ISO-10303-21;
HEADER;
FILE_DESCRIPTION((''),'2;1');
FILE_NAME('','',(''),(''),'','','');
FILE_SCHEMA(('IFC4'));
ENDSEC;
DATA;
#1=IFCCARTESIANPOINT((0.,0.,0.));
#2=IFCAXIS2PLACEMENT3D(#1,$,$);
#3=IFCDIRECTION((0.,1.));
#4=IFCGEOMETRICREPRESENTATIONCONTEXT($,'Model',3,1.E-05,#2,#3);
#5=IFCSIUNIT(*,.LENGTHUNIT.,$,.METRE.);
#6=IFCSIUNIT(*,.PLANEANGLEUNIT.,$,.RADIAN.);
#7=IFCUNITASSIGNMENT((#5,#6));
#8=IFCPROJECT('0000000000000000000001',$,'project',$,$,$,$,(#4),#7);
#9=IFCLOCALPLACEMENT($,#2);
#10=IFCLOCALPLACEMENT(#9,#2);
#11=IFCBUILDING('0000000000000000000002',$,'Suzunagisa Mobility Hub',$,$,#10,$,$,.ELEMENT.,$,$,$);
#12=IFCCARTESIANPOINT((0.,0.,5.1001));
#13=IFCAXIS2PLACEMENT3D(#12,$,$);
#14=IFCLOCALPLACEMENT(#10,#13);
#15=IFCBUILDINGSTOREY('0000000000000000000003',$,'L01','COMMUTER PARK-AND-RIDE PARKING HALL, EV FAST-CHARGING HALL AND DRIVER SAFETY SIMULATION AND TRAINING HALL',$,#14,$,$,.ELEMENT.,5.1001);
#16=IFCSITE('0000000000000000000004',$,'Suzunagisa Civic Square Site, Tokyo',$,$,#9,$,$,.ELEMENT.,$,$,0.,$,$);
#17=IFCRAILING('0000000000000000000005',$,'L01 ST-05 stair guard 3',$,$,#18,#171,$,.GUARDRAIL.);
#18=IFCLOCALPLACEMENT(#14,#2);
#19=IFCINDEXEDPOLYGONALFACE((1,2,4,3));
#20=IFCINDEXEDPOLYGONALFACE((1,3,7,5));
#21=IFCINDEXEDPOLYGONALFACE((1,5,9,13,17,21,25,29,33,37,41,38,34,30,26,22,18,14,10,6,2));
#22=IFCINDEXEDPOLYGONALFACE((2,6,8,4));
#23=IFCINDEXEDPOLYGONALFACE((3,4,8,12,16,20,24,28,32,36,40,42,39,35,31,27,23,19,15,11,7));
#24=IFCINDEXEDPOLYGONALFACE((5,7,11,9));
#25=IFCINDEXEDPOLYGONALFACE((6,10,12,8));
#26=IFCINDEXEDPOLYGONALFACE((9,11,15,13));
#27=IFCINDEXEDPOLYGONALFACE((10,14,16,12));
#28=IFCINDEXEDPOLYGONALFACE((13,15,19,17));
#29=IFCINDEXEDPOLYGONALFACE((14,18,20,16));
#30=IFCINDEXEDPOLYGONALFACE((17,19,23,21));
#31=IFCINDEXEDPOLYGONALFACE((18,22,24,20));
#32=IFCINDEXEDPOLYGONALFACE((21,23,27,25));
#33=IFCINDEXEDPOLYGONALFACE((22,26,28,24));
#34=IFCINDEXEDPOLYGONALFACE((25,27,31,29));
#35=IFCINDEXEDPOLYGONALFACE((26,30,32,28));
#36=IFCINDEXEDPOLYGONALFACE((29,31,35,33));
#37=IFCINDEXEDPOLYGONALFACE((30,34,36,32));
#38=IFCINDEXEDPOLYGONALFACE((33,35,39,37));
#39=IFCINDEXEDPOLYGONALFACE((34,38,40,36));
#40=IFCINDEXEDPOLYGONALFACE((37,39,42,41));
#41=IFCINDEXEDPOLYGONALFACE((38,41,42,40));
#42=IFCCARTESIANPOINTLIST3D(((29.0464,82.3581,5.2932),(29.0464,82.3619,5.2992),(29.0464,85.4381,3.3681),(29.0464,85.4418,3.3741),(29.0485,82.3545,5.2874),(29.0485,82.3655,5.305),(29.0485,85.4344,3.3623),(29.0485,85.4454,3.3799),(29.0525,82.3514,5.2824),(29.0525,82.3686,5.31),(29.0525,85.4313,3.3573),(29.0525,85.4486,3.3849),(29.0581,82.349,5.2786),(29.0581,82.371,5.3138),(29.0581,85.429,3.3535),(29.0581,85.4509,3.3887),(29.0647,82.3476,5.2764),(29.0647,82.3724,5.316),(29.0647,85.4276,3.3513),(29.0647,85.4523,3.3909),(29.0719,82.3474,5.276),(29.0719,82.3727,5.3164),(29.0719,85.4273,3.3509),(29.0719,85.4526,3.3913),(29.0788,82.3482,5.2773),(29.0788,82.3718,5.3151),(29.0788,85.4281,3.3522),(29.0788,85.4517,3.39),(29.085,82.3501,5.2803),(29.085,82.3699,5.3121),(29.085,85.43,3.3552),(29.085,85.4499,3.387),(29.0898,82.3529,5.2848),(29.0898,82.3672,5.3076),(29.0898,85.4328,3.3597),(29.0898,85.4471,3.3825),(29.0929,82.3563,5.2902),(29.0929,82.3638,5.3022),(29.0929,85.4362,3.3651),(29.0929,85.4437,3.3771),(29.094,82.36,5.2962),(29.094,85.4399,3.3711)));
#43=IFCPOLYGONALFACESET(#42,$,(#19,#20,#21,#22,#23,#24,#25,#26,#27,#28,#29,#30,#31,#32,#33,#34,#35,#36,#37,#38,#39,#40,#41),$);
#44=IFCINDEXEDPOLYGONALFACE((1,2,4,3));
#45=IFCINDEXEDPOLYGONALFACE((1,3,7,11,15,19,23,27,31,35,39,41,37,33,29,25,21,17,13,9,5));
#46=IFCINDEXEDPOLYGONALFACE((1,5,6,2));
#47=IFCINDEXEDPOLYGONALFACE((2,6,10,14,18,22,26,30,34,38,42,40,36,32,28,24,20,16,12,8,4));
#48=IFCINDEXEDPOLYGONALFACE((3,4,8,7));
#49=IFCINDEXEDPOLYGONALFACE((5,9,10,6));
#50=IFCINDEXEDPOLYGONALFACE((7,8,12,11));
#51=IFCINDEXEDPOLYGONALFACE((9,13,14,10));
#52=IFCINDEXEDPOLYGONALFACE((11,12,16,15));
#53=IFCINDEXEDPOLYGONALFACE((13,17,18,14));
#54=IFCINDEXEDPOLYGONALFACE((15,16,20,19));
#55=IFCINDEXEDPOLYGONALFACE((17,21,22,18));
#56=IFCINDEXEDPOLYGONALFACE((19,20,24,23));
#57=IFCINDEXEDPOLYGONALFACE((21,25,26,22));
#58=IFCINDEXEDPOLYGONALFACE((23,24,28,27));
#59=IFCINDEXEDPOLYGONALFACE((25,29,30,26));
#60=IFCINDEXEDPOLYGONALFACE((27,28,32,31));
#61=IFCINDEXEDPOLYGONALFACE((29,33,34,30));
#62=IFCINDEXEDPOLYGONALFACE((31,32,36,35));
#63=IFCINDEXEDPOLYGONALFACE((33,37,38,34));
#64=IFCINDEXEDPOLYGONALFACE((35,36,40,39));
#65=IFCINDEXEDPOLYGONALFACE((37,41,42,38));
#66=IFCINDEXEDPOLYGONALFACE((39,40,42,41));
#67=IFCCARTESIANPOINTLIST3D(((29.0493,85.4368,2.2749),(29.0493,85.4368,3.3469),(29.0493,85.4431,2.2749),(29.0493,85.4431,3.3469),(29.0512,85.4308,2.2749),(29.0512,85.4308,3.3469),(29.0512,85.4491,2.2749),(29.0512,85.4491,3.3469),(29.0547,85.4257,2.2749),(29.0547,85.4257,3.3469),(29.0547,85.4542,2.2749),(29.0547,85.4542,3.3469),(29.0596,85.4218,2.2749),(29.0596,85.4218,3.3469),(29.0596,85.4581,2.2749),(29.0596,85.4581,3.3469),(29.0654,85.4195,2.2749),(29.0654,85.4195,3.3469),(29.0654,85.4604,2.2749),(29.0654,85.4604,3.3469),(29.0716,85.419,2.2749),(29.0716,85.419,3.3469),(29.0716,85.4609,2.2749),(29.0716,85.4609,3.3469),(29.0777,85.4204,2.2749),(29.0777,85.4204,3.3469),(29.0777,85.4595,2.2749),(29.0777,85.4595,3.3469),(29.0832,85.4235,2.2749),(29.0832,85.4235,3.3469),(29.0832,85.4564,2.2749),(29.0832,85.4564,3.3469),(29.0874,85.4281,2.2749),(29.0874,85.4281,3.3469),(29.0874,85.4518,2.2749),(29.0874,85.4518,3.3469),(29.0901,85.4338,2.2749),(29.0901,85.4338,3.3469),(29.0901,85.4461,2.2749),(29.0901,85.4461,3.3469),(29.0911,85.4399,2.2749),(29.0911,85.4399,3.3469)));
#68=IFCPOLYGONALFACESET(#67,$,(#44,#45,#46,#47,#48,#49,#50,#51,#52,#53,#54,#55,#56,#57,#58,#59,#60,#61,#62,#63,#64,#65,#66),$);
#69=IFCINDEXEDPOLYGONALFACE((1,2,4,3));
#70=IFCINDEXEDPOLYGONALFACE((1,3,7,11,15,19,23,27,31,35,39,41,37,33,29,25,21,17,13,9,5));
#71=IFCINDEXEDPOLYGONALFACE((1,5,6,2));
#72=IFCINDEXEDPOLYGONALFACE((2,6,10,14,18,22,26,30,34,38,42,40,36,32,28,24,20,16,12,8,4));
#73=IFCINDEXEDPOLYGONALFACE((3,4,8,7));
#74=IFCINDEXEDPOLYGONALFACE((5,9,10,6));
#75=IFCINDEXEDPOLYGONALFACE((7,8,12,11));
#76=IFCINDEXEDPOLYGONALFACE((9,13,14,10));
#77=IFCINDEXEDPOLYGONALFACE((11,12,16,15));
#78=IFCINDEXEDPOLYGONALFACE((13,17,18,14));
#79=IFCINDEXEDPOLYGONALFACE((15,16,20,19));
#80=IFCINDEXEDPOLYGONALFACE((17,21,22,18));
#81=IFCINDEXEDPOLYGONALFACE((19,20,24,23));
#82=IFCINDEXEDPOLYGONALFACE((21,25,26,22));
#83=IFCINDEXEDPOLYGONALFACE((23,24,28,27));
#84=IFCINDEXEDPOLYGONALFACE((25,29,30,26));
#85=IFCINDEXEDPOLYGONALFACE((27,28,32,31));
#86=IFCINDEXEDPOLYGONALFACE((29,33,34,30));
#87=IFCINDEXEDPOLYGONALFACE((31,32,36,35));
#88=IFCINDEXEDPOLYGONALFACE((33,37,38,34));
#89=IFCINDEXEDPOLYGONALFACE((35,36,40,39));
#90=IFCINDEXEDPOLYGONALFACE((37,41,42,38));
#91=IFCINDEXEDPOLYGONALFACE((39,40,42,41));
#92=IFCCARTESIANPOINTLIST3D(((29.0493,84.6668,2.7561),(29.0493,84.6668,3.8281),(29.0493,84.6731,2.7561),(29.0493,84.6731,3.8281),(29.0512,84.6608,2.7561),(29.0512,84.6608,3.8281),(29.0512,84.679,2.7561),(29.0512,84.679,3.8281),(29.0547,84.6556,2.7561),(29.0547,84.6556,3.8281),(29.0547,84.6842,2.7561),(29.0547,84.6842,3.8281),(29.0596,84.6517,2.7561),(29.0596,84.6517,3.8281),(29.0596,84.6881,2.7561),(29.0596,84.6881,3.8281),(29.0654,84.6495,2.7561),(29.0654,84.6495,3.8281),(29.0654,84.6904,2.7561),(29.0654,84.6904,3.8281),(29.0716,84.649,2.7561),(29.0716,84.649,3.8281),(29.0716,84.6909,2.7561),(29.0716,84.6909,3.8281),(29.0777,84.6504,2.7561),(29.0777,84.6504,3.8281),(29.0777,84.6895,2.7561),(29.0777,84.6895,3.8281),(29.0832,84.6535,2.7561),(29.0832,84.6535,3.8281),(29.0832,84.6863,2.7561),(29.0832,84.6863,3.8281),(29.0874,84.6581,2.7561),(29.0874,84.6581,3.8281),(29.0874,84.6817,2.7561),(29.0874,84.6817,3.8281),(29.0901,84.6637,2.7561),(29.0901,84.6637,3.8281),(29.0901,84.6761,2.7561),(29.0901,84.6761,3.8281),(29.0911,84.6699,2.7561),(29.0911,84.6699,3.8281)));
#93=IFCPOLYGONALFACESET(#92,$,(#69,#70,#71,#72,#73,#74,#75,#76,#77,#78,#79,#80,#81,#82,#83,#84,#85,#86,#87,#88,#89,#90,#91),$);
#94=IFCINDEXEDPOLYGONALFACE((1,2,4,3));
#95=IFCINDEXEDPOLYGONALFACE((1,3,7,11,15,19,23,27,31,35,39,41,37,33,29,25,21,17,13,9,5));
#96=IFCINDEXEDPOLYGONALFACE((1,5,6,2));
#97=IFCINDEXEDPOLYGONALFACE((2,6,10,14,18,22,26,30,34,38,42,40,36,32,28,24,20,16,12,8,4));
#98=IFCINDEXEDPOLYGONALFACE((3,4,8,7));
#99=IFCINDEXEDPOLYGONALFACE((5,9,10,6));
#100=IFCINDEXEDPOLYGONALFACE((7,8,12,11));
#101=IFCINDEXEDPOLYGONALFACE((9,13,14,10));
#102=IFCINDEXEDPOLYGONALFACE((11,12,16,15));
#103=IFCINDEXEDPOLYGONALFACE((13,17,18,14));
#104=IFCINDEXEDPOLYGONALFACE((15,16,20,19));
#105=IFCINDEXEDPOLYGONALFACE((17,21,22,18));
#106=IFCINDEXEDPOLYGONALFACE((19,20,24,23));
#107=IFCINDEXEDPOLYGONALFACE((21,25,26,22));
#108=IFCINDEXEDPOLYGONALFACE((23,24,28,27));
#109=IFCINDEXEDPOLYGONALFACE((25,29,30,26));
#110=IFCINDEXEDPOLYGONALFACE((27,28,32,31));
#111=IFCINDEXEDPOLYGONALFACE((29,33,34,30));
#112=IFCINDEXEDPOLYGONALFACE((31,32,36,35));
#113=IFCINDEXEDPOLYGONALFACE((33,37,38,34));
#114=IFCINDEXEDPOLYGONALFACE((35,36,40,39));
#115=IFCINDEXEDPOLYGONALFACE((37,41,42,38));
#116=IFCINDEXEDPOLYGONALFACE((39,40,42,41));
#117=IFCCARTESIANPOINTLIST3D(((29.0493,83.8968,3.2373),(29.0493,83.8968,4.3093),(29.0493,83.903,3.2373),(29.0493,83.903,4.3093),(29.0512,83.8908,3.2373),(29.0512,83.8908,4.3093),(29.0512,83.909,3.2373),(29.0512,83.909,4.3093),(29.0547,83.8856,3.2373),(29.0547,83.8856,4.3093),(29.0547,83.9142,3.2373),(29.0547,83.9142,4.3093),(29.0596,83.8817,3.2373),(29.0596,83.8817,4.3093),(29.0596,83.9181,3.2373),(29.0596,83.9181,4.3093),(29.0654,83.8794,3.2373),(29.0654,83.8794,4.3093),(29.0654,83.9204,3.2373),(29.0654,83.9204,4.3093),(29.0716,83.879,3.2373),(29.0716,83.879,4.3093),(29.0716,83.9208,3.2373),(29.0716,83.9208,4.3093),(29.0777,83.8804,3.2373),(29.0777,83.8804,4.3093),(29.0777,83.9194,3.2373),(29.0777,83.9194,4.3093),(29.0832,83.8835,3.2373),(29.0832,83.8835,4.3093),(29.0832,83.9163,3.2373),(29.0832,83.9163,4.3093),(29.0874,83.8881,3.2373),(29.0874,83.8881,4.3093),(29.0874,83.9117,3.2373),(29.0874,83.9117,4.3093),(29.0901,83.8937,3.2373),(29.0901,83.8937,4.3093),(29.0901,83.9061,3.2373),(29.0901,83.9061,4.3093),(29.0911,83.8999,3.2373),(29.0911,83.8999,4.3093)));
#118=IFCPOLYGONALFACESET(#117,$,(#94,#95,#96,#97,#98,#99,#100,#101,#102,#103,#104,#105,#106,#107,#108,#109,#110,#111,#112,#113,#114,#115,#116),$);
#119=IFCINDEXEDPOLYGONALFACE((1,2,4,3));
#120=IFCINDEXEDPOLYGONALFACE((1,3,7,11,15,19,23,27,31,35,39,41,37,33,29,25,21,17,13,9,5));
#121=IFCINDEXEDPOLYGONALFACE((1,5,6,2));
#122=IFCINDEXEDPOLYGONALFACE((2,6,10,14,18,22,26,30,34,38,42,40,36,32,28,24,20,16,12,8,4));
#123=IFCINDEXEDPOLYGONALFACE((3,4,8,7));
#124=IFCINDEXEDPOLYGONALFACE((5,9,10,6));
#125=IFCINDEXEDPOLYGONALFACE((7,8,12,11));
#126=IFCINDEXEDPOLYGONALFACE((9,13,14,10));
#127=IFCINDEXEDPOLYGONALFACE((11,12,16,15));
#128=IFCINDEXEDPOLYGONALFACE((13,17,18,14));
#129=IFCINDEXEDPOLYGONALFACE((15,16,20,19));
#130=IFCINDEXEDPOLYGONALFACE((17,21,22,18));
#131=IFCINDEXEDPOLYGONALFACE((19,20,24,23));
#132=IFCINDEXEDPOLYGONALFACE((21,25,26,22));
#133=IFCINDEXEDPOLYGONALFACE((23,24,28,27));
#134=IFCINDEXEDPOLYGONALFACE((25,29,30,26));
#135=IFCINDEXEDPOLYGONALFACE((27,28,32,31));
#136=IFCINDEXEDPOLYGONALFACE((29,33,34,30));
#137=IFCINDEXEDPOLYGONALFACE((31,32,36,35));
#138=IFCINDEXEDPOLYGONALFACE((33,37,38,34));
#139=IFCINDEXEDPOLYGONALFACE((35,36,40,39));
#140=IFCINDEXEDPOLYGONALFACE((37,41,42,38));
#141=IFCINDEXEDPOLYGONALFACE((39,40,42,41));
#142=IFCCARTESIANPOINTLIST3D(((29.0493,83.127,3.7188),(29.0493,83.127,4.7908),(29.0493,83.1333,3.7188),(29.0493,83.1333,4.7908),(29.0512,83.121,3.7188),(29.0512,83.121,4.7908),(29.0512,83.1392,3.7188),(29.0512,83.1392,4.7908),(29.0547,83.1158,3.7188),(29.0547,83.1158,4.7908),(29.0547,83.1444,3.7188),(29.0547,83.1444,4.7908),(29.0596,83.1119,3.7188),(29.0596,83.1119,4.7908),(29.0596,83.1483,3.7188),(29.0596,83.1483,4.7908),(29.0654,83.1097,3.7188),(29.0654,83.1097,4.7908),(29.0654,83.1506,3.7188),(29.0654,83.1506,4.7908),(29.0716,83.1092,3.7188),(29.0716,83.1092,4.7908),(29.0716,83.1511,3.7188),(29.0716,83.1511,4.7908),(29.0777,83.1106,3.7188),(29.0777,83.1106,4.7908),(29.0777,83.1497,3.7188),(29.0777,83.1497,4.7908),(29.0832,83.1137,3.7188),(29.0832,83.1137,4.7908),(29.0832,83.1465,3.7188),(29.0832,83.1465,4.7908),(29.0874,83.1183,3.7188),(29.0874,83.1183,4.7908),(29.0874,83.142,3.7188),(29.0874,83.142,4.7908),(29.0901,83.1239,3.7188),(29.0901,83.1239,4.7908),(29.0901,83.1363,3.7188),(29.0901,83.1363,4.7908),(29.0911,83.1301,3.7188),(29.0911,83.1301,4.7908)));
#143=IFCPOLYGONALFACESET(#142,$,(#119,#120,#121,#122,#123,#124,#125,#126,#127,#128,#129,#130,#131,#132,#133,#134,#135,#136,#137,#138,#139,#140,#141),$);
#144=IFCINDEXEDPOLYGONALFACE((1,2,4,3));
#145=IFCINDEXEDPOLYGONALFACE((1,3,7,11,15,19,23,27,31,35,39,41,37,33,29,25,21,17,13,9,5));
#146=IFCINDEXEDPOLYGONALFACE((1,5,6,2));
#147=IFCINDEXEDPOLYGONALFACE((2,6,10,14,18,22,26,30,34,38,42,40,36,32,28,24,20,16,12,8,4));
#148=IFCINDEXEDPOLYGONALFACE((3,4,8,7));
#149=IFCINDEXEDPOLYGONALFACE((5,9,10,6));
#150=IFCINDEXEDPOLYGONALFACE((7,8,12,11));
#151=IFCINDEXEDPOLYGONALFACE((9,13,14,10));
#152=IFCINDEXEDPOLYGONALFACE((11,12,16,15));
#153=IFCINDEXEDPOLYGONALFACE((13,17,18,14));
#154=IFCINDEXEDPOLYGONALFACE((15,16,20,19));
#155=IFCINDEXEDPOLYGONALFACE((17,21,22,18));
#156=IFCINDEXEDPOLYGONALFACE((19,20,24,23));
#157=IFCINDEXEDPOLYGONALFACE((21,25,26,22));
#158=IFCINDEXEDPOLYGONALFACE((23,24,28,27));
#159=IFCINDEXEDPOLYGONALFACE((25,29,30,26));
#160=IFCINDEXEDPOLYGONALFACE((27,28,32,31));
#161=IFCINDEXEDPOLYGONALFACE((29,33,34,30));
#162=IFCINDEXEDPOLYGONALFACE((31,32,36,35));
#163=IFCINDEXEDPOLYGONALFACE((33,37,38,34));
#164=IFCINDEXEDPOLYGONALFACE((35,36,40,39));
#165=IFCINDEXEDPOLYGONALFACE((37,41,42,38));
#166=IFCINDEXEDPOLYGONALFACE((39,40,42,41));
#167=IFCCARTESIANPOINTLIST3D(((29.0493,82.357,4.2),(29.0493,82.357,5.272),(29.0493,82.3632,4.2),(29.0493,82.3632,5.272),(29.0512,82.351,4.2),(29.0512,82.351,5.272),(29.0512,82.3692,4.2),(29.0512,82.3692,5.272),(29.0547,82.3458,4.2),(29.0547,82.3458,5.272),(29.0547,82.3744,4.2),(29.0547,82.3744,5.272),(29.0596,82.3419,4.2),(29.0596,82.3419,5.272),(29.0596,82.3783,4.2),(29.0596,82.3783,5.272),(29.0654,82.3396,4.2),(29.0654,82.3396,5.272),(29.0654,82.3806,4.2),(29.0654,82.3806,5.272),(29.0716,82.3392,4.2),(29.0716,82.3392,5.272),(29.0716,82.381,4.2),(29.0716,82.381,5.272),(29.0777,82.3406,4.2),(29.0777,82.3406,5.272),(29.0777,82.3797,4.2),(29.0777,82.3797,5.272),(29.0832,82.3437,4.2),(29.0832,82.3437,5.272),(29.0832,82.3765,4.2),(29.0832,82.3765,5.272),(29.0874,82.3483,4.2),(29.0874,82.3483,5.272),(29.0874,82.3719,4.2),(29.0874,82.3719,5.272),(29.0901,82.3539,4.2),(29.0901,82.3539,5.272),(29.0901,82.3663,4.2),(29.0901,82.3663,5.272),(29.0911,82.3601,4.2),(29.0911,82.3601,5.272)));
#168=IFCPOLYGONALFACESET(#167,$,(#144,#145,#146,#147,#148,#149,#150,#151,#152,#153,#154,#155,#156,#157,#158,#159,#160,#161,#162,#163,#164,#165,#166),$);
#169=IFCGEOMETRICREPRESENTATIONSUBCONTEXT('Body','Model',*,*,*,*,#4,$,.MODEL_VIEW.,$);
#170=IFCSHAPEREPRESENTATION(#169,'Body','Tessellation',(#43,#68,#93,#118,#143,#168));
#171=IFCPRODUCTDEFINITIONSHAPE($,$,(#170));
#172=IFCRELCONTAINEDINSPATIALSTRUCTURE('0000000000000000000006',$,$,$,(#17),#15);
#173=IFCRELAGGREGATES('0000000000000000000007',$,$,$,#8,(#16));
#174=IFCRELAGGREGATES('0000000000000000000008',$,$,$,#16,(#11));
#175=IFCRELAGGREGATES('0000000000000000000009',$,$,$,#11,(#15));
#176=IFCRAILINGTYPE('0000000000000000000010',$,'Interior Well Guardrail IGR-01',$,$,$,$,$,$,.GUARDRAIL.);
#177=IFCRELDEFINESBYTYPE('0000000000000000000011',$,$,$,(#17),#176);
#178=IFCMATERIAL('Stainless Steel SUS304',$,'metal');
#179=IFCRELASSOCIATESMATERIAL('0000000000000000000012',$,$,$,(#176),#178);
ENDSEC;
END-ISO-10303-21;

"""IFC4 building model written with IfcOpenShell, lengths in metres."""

from ifc_helpers import new_model, si_unit, direction, frame, origin, origin_2d, place, context, subcontext, project, spatial, circle, extrude, material, type_object, element, save


model = new_model("IFC4")

# Units and contexts
model_context = context("Model", 3, precision=1e-05, world=origin(), true_north=direction((0.0, 1.0)))
body_context = subcontext(model_context, "Body", "Model", "MODEL_VIEW")
ifc_project = project(units=[si_unit("LENGTHUNIT", "METRE"), si_unit("PLANEANGLEUNIT", "RADIAN")], contexts=[model_context])

# Site, building, storey
site_placement = place(None, origin())
site = spatial("IfcSite", under=ifc_project, at=site_placement, Name="Suzunagisa Civic Square Site, Tokyo", CompositionType="ELEMENT", RefElevation=0.0)
building_placement = place(site_placement, origin())
building = spatial("IfcBuilding", under=site, at=building_placement, Name="Suzunagisa Mobility Hub", CompositionType="ELEMENT")
storey_placement = place(building_placement, frame((0.0, 0.0, 5.1001)))
storey = spatial("IfcBuildingStorey", under=building, at=storey_placement, Name="L01", Description="COMMUTER PARK-AND-RIDE PARKING HALL, EV FAST-CHARGING HALL AND DRIVER SAFETY SIMULATION AND TRAINING HALL", CompositionType="ELEMENT", Elevation=5.1001)

# Railing
ifc_material_1 = material(Name="Stainless Steel SUS304", Category="metal")
railing_type_1 = type_object("IfcRailingType", Name="Interior Well Guardrail IGR-01", PredefinedType="GUARDRAIL", material=ifc_material_1)
railing_1_placement = place(storey_placement, frame((29.0701, 85.4399, 2.2749)))
element("IfcRailing", 1, at=railing_1_placement, inside=storey, type_object=railing_type_1, Name="L01 ST-05 stair guard 3", PredefinedType="GUARDRAIL", context=body_context, shape_type="SweptSolid", body=[
    extrude(circle(Radius=0.0239, at=origin_2d()), frame((0.0, 0.0, 1.0962), z_axis=(0.0, -0.847979, 0.530029), x_axis=(1.0, 0.0, 0.0)), (0.0, 0.0, 1.0), 3.6321),
    extrude(circle(Radius=0.021, at=origin_2d()), origin(), (0.0, 0.0, 1.0), 1.072),
    extrude(circle(Radius=0.021, at=origin_2d()), frame((0.0, -0.77, 0.4812)), (0.0, 0.0, 1.0), 1.072),
    extrude(circle(Radius=0.021, at=origin_2d()), frame((0.0, -1.54, 0.9624)), (0.0, 0.0, 1.0), 1.072),
    extrude(circle(Radius=0.021, at=origin_2d()), frame((0.0, -2.3098, 1.4438)), (0.0, 0.0, 1.0), 1.072),
    extrude(circle(Radius=0.021, at=origin_2d()), frame((0.0, -3.0798, 1.925)), (0.0, 0.0, 1.0), 1.072),
])

save(model, "model.ifc")
